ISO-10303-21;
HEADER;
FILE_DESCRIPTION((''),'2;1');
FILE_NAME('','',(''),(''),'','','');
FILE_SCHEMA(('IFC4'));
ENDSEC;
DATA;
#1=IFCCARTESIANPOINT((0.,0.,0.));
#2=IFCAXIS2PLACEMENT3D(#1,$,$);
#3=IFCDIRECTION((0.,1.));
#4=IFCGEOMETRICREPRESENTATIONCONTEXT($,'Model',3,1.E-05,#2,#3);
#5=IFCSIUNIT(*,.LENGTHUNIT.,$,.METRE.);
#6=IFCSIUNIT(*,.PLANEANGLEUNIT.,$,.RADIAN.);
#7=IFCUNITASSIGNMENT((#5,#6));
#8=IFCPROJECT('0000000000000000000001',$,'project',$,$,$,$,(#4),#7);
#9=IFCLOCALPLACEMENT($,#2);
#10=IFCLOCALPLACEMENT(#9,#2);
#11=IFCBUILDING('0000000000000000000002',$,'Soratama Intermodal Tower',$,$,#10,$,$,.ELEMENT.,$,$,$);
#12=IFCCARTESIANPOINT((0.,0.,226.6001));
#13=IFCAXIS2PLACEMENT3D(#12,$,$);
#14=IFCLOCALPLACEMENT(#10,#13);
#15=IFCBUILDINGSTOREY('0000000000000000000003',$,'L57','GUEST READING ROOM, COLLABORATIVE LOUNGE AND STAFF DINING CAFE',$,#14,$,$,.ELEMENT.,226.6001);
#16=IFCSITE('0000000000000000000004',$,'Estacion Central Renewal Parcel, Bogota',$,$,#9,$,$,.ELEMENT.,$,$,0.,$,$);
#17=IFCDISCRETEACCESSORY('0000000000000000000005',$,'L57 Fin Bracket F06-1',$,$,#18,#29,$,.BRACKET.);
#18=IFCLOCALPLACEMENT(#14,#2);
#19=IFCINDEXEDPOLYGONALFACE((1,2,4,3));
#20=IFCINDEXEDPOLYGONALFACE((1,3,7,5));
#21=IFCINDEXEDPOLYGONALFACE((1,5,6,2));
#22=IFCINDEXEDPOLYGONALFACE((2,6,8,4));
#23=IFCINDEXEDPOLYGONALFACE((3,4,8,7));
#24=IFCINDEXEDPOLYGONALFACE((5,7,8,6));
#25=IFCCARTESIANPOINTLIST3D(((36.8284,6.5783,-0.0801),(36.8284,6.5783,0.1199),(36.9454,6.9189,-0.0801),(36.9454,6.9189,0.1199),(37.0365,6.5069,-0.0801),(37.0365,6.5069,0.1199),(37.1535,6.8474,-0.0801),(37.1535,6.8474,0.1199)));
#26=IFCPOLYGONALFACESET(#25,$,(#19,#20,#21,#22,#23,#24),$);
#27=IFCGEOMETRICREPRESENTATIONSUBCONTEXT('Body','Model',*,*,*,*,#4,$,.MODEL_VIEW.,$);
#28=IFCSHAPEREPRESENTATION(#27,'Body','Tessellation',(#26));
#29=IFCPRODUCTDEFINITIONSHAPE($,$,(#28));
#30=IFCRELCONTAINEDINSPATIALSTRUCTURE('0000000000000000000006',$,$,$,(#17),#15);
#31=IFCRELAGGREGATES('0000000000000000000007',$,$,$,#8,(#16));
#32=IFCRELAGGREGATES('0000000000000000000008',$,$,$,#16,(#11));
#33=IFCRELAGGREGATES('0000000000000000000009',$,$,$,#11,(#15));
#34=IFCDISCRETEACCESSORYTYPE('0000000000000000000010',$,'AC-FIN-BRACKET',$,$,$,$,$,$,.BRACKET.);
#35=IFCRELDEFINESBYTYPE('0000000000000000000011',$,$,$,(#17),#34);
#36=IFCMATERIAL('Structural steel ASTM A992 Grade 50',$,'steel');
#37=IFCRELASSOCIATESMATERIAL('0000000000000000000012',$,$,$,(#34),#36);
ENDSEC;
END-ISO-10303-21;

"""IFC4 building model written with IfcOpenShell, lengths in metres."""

from ifc_helpers import new_model, si_unit, direction, frame, origin, origin_2d, place, context, subcontext, project, spatial, rectangle, extrude, material, type_object, element, save


model = new_model("IFC4")

# Units and contexts
model_context = context("Model", 3, precision=1e-05, world=origin(), true_north=direction((0.0, 1.0)))
body_context = subcontext(model_context, "Body", "Model", "MODEL_VIEW")
ifc_project = project(units=[si_unit("LENGTHUNIT", "METRE"), si_unit("PLANEANGLEUNIT", "RADIAN")], contexts=[model_context])

# Site, building, storey
site_placement = place(None, origin())
site = spatial("IfcSite", under=ifc_project, at=site_placement, Name="Estacion Central Renewal Parcel, Bogota", CompositionType="ELEMENT", RefElevation=0.0)
building_placement = place(site_placement, origin())
building = spatial("IfcBuilding", under=site, at=building_placement, Name="Soratama Intermodal Tower", CompositionType="ELEMENT")
storey_placement = place(building_placement, frame((0.0, 0.0, 226.6001)))
storey = spatial("IfcBuildingStorey", under=building, at=storey_placement, Name="L57", Description="GUEST READING ROOM, COLLABORATIVE LOUNGE AND STAFF DINING CAFE", CompositionType="ELEMENT", Elevation=226.6001)

# Discrete accessory
ifc_material_1 = material(Name="Structural steel ASTM A992 Grade 50", Category="steel")
discrete_accessory_type = type_object("IfcDiscreteAccessoryType", Name="AC-FIN-BRACKET", PredefinedType="BRACKET", material=ifc_material_1)
discrete_accessory_placement = place(storey_placement, frame((36.991, 6.7129, -0.0801), z_axis=(0.0, 0.0, 1.0), x_axis=(-0.324908, -0.945746, 0.0)))
element("IfcDiscreteAccessory", 1, at=discrete_accessory_placement, inside=storey, type_object=discrete_accessory_type, Name="L57 Fin Bracket F06-1", PredefinedType="BRACKET", context=body_context, shape_type="SweptSolid", body=[
    extrude(rectangle(XDim=0.3601, YDim=0.22, at=origin_2d()), origin(), (0.0, 0.0, 1.0), 0.2),
])

save(model, "model.ifc")
